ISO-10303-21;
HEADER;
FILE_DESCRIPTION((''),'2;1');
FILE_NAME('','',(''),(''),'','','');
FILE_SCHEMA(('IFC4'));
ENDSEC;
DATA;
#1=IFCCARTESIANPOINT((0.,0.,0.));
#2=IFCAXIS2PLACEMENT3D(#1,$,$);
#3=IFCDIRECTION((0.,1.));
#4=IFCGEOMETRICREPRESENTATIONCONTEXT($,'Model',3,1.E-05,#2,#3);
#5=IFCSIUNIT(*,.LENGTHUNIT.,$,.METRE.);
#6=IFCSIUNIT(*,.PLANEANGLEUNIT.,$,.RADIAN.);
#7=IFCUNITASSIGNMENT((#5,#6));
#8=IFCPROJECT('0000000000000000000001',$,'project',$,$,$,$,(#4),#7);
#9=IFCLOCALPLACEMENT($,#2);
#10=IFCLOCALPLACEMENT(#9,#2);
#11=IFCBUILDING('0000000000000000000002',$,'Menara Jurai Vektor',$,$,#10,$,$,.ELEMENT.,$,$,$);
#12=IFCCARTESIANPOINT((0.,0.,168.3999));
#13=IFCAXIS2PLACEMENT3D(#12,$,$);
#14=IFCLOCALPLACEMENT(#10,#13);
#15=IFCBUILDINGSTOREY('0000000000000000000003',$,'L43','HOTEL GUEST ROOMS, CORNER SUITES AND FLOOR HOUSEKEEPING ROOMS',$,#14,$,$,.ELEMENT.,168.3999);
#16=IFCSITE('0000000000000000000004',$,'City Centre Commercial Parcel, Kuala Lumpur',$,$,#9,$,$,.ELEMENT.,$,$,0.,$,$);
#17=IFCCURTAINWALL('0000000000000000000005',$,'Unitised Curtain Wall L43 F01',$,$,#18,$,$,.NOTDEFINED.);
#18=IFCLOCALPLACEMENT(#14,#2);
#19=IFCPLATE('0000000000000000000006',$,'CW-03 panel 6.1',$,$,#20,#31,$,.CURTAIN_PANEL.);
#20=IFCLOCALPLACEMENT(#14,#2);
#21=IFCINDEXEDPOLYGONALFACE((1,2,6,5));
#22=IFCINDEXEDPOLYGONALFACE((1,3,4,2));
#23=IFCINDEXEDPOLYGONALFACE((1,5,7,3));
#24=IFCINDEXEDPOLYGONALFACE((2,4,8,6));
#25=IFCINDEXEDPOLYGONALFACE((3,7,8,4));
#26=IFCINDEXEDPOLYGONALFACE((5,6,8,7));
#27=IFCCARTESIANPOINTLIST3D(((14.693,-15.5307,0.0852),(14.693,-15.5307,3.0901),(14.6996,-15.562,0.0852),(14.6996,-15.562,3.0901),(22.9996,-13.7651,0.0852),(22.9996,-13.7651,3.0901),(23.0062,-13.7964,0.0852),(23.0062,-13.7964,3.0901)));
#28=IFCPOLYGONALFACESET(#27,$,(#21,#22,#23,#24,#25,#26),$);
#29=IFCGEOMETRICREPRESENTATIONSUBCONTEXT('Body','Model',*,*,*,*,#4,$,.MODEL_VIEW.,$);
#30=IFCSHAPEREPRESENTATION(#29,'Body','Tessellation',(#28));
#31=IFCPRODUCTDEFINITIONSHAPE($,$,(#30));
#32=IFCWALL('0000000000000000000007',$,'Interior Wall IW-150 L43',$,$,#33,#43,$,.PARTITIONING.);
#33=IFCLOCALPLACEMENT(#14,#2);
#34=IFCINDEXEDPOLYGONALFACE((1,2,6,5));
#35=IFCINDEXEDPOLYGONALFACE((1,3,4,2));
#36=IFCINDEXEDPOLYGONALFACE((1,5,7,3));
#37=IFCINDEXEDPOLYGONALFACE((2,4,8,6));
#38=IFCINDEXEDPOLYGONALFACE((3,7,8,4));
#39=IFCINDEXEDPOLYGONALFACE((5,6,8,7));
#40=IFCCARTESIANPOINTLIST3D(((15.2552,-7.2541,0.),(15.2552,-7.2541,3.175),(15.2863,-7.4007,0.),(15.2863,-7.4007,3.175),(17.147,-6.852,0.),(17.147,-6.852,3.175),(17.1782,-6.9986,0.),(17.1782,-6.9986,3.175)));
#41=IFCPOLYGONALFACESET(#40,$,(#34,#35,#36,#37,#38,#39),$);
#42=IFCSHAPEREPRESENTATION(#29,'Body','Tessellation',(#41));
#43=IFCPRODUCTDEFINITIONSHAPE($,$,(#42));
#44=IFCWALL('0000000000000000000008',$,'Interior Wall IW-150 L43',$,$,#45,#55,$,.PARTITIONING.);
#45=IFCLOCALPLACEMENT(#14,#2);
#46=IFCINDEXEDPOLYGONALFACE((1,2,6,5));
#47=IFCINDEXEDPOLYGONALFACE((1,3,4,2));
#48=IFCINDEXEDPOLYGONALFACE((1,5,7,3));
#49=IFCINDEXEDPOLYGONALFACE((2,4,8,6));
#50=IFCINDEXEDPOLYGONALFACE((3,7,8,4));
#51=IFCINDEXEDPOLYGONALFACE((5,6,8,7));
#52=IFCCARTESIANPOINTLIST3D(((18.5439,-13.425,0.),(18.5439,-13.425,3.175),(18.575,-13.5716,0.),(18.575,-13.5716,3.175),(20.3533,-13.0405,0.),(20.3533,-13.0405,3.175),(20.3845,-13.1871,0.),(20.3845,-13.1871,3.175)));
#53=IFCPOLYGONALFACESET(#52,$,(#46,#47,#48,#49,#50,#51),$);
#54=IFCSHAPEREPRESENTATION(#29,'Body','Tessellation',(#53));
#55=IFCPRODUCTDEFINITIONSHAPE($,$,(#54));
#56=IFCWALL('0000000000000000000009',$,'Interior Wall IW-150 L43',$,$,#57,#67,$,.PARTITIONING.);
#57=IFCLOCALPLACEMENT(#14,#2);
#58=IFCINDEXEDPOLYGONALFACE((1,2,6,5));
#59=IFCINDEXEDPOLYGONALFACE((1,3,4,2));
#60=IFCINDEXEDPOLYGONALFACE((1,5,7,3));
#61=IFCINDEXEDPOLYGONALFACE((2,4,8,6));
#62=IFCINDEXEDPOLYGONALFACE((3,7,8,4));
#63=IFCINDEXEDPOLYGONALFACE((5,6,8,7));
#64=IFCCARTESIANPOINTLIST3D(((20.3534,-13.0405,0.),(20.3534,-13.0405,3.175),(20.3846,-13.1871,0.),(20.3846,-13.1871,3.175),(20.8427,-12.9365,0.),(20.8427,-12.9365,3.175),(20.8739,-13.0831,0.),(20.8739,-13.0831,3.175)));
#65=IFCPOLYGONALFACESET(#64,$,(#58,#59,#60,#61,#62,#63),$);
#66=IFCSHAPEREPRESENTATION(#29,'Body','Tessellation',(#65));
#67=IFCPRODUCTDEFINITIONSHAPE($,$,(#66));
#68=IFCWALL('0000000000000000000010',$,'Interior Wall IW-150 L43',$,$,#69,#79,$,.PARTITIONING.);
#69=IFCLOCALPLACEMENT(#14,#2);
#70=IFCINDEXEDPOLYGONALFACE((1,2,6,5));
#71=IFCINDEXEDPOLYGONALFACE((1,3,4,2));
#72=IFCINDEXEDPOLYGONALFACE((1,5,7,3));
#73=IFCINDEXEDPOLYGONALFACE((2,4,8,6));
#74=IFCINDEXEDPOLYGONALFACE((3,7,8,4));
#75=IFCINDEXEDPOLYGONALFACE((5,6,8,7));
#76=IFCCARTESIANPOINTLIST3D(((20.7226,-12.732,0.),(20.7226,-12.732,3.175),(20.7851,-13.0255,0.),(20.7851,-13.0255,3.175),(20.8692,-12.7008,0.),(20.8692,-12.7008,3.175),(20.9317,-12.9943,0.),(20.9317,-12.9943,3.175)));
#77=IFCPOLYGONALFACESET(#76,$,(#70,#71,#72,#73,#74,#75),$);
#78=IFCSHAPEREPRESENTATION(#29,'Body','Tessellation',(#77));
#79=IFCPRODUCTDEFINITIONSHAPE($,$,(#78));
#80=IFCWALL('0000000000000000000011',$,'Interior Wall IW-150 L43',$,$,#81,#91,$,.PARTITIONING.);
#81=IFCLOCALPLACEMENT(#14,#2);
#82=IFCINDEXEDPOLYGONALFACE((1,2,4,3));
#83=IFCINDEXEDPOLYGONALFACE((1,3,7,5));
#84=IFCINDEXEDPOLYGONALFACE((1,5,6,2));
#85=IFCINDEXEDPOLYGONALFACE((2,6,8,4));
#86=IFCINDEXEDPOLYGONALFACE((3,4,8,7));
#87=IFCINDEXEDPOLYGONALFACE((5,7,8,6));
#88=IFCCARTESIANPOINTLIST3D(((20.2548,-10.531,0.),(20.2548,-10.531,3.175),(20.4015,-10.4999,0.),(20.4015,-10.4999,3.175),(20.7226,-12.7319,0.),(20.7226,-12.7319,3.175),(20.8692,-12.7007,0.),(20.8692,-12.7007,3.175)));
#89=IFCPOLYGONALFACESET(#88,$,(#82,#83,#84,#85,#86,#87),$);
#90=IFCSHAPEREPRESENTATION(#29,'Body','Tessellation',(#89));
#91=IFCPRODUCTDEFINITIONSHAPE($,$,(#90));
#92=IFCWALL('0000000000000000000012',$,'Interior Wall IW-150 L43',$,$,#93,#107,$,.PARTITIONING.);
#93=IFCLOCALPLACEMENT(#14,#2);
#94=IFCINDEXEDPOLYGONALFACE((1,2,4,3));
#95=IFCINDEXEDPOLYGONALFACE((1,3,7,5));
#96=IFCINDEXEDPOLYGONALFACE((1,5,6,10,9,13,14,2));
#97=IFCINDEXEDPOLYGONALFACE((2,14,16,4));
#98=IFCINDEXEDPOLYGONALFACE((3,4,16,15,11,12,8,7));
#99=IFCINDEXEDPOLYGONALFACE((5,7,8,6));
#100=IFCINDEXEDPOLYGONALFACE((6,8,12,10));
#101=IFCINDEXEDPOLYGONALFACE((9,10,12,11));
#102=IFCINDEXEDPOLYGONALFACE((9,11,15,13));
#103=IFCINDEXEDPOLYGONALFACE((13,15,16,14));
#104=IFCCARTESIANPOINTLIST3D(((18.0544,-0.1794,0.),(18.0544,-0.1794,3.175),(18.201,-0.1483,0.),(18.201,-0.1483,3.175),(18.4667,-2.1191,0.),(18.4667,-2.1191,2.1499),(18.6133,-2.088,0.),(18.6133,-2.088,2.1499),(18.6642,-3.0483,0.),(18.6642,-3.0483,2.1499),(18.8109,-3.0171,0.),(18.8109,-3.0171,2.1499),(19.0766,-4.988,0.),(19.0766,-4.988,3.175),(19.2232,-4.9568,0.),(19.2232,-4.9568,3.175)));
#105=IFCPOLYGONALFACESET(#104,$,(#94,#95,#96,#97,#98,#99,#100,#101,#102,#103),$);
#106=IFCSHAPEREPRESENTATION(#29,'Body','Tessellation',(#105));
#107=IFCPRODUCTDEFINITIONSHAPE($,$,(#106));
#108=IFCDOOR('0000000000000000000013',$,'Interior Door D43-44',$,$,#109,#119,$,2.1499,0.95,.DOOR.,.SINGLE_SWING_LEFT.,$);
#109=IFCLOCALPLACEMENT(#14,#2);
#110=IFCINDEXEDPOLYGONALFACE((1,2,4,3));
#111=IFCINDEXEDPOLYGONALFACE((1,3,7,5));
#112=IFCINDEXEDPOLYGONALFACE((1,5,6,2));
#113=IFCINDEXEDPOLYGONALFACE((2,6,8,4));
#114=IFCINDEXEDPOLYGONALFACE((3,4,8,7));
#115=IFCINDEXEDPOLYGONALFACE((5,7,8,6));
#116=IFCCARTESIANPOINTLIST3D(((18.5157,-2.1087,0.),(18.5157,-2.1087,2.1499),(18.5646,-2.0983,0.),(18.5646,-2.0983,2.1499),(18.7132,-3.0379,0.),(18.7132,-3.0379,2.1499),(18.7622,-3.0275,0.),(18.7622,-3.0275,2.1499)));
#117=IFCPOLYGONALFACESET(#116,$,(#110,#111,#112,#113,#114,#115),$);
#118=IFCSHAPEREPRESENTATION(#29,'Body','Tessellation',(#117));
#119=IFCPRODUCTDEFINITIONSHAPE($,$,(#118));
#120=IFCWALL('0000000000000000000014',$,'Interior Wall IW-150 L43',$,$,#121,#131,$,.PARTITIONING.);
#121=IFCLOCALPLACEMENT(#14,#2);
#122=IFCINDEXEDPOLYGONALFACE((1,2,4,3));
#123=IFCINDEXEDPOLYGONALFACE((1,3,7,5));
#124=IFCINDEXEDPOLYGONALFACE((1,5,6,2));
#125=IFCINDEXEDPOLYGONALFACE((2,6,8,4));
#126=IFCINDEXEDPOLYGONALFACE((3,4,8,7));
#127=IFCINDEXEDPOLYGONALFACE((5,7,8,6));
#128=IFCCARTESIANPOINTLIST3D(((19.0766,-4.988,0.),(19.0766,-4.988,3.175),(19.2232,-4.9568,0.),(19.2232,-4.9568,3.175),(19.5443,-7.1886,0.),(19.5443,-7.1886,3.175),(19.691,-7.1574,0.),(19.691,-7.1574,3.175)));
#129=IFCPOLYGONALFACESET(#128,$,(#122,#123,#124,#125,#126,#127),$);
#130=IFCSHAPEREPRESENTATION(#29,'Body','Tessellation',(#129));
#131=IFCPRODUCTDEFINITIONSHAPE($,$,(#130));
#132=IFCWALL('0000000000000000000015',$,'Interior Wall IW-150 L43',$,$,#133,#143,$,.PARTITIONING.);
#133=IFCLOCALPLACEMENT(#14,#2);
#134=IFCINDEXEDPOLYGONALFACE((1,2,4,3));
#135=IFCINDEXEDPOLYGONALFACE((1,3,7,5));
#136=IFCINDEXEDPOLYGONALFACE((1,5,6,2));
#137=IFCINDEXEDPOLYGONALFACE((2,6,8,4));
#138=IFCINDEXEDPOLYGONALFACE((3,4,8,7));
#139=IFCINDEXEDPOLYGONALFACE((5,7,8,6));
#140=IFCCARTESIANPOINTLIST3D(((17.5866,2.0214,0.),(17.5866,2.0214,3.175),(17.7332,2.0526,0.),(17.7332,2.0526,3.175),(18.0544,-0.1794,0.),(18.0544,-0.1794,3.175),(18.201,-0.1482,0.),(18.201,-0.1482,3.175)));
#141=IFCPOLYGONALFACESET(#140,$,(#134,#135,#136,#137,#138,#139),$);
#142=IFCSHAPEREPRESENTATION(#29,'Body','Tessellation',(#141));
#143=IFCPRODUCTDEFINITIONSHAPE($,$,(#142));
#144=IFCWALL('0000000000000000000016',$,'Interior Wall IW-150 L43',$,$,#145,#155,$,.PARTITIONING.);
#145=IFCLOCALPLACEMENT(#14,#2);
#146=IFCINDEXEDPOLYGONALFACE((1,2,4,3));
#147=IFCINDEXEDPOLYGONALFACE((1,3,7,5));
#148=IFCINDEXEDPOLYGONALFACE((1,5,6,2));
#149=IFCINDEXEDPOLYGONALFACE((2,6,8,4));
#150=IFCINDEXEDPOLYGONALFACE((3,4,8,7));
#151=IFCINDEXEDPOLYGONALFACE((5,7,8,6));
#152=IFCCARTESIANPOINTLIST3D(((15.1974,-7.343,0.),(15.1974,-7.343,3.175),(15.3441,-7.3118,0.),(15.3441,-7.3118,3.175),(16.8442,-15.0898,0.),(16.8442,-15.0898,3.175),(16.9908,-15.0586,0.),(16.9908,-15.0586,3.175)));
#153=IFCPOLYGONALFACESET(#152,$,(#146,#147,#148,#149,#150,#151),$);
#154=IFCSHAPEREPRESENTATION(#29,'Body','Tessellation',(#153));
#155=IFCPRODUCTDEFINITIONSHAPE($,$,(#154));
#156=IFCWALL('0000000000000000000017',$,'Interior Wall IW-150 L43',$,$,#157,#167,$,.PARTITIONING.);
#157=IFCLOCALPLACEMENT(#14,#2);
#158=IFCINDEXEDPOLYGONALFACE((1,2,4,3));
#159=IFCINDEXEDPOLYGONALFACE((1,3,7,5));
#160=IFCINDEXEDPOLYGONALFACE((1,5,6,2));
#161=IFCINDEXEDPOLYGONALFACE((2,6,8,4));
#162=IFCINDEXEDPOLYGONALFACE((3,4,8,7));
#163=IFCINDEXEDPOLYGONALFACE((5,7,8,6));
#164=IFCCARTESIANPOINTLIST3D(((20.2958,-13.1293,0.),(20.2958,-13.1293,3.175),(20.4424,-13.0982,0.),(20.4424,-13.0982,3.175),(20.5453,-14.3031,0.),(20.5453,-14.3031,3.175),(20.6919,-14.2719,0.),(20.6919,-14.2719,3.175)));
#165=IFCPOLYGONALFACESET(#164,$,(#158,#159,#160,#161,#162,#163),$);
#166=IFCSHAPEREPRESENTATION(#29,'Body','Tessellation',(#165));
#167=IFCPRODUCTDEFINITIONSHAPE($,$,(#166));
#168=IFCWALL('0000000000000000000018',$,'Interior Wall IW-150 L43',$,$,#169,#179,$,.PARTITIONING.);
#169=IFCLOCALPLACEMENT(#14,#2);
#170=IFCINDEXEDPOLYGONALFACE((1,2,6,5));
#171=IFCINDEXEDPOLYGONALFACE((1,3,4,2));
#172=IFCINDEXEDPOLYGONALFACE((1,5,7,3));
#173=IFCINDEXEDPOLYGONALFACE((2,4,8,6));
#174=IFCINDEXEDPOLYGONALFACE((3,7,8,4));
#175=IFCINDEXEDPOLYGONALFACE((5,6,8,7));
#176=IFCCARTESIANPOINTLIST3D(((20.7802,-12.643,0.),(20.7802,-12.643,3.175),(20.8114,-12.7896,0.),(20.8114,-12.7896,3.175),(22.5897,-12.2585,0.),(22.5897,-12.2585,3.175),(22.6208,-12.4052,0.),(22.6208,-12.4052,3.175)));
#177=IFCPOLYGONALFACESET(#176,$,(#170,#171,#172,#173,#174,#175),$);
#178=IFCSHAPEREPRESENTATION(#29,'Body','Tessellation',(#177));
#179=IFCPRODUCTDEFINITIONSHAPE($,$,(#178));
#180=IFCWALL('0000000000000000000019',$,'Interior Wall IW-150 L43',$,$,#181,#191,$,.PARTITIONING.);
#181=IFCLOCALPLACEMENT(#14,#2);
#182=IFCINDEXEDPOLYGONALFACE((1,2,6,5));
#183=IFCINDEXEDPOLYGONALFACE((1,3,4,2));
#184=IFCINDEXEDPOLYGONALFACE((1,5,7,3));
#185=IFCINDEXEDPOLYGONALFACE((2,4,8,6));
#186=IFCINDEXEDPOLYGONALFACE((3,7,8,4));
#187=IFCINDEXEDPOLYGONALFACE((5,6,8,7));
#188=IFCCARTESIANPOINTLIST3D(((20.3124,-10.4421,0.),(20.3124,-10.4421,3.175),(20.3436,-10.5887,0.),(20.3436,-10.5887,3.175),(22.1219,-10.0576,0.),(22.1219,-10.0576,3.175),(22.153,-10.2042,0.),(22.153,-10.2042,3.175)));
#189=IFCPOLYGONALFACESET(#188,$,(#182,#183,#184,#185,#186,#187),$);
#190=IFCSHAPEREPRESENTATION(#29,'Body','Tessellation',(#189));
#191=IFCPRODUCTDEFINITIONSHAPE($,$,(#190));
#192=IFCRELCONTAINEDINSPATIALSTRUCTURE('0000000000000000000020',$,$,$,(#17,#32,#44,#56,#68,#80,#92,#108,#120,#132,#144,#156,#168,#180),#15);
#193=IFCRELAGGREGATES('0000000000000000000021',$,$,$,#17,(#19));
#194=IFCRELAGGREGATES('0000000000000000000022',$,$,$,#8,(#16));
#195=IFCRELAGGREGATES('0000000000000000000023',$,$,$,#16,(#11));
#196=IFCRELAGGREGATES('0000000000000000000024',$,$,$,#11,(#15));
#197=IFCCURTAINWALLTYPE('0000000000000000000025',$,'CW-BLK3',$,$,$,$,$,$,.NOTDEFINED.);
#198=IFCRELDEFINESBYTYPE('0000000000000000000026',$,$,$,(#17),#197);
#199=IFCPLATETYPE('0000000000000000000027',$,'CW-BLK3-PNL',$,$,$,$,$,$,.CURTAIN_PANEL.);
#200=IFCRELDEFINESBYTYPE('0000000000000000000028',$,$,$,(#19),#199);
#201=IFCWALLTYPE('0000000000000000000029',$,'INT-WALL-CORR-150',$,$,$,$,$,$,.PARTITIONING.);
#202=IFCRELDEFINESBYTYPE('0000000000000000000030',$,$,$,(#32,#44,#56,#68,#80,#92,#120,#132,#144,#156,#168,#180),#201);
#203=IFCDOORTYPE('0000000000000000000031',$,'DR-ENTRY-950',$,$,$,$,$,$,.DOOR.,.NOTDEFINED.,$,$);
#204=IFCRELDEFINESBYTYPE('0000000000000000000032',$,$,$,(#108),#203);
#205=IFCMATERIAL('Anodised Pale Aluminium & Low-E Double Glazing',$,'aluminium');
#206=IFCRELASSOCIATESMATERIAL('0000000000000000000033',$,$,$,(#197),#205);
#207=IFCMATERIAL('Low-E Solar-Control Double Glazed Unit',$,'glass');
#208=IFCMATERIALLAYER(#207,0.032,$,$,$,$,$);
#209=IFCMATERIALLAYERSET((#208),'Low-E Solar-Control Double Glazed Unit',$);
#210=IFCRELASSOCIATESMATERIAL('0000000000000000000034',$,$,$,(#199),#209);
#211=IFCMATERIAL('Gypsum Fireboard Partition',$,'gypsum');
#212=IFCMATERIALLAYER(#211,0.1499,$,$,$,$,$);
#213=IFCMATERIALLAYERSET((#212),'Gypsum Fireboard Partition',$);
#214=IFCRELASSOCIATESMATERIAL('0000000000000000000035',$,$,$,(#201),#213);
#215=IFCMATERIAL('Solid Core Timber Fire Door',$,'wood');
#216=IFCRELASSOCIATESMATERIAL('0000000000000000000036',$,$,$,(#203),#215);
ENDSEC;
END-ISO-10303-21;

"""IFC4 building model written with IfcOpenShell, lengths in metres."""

from ifc_helpers import new_model, si_unit, direction, frame, frame_2d, origin, origin_2d, place, context, subcontext, project, spatial, rectangle, extrude, material, layer, layer_set, type_object, element, fill, aggregate, save


model = new_model("IFC4")

# Units and contexts
model_context = context("Model", 3, precision=1e-05, world=origin(), true_north=direction((0.0, 1.0)))
body_context = subcontext(model_context, "Body", "Model", "MODEL_VIEW")
ifc_project = project(units=[si_unit("LENGTHUNIT", "METRE"), si_unit("PLANEANGLEUNIT", "RADIAN")], contexts=[model_context])

# Site, building, storey
site_placement = place(None, origin())
site = spatial("IfcSite", under=ifc_project, at=site_placement, Name="City Centre Commercial Parcel, Kuala Lumpur", CompositionType="ELEMENT", RefElevation=0.0)
building_placement = place(site_placement, origin())
building = spatial("IfcBuilding", under=site, at=building_placement, Name="Menara Jurai Vektor", CompositionType="ELEMENT")
storey_placement = place(building_placement, frame((0.0, 0.0, 168.3999)))
storey = spatial("IfcBuildingStorey", under=building, at=storey_placement, Name="L43", Description="HOTEL GUEST ROOMS, CORNER SUITES AND FLOOR HOUSEKEEPING ROOMS", CompositionType="ELEMENT", Elevation=168.3999)

# Curtain wall
ifc_material_1 = material(Name="Anodised Pale Aluminium & Low-E Double Glazing", Category="aluminium")
curtain_wall_type = type_object("IfcCurtainWallType", Name="CW-BLK3", PredefinedType="NOTDEFINED", material=ifc_material_1)
curtain_wall_placement = place(storey_placement, origin())
curtain_wall = element("IfcCurtainWall", 1, at=curtain_wall_placement, inside=storey, type_object=curtain_wall_type, Name="Unitised Curtain Wall L43 F01", PredefinedType="NOTDEFINED")

# Plate
ifc_material_2 = material(Name="Low-E Solar-Control Double Glazed Unit", Category="glass")
ifc_layer_1 = layer(ifc_material_2, 0.032)
ifc_layer_set_1 = layer_set([ifc_layer_1], Name="Low-E Solar-Control Double Glazed Unit")
plate_type = type_object("IfcPlateType", Name="CW-BLK3-PNL", PredefinedType="CURTAIN_PANEL", material=ifc_layer_set_1)
plate_placement = place(storey_placement, frame((18.8496, -14.6636, 0.0852), z_axis=(0.0, 0.0, 1.0), x_axis=(0.978148, 0.207911, 0.0)))
plate = element("IfcPlate", 2, at=plate_placement, type_object=plate_type, Name="CW-03 panel 6.1", PredefinedType="CURTAIN_PANEL", context=body_context, shape_type="SweptSolid", body=[
    extrude(rectangle(XDim=8.4922, YDim=0.032, at=origin_2d()), origin(), (0.0, 0.0, 1.0), 3.0049),
])
aggregate(curtain_wall, [plate])

# Walls
ifc_material_3 = material(Name="Gypsum Fireboard Partition", Category="gypsum")
ifc_layer_2 = layer(ifc_material_3, 0.1499)
ifc_layer_set_2 = layer_set([ifc_layer_2], Name="Gypsum Fireboard Partition")
wall_type_1 = type_object("IfcWallType", Name="INT-WALL-CORR-150", PredefinedType="PARTITIONING", material=ifc_layer_set_2)
wall_1_placement = place(storey_placement, frame((15.2708, -7.3274, 0.0), z_axis=(0.0, 0.0, 1.0), x_axis=(0.97815, 0.2079, 0.0)))
element("IfcWall", 3, at=wall_1_placement, inside=storey, type_object=wall_type_1, Name="Interior Wall IW-150 L43", PredefinedType="PARTITIONING", context=body_context, shape_type="SweptSolid", body=[
    extrude(rectangle(XDim=1.9341, YDim=0.1499, at=frame_2d((0.967, 0.0))), origin(), (0.0, 0.0, 1.0), 3.175),
])
wall_2_placement = place(storey_placement, frame((18.5596, -13.4983, 0.0), z_axis=(0.0, 0.0, 1.0), x_axis=(0.97816, 0.207852, 0.0)))
element("IfcWall", 4, at=wall_2_placement, inside=storey, type_object=wall_type_1, Name="Interior Wall IW-150 L43", PredefinedType="PARTITIONING", context=body_context, shape_type="SweptSolid", body=[
    extrude(rectangle(XDim=1.8499, YDim=0.1499, at=frame_2d((0.9248, 0.0))), origin(), (0.0, 0.0, 1.0), 3.175),
])
wall_3_placement = place(storey_placement, frame((20.3691, -13.1138, 0.0), z_axis=(0.0, 0.0, 1.0), x_axis=(0.978144, 0.207929, 0.0)))
element("IfcWall", 5, at=wall_3_placement, inside=storey, type_object=wall_type_1, Name="Interior Wall IW-150 L43", PredefinedType="PARTITIONING", context=body_context, shape_type="SweptSolid", body=[
    extrude(rectangle(XDim=0.5002, YDim=0.1499, at=frame_2d((0.25, 0.0))), origin(), (0.0, 0.0, 1.0), 3.175),
])
wall_4_placement = place(storey_placement, frame((20.8584, -13.0098, 0.0), z_axis=(0.0, 0.0, 1.0), x_axis=(-0.208306, 0.978064, 0.0)))
element("IfcWall", 6, at=wall_4_placement, inside=storey, type_object=wall_type_1, Name="Interior Wall IW-150 L43", PredefinedType="PARTITIONING", context=body_context, shape_type="SweptSolid", body=[
    extrude(rectangle(XDim=0.3, YDim=0.1499, at=frame_2d((0.1499, 0.0))), origin(), (0.0, 0.0, 1.0), 3.175),
])

# Shared definitions
ifc_material_4 = material(Name="Solid Core Timber Fire Door", Category="wood")
door_type = type_object("IfcDoorType", Name="DR-ENTRY-950", OperationType="NOTDEFINED", PredefinedType="DOOR", material=ifc_material_4)

# Wall
wall_5_placement = place(storey_placement, frame((20.7959, -12.7163, 0.0), z_axis=(0.0, 0.0, 1.0), x_axis=(-0.207891, 0.978152, 0.0)))
element("IfcWall", 7, at=wall_5_placement, inside=storey, type_object=wall_type_1, Name="Interior Wall IW-150 L43", PredefinedType="PARTITIONING", context=body_context, shape_type="SweptSolid", body=[
    extrude(rectangle(XDim=2.25, YDim=0.1499, at=frame_2d((1.125, 0.0))), origin(), (0.0, 0.0, 1.0), 3.175),
])

# Wall, opening, door
wall_6_placement = place(storey_placement, frame((19.1499, -4.9724, 0.0), z_axis=(0.0, 0.0, 1.0), x_axis=(-0.207935, 0.978143, 0.0)))
wall_6 = element("IfcWall", 8, at=wall_6_placement, inside=storey, type_object=wall_type_1, Name="Interior Wall IW-150 L43", PredefinedType="PARTITIONING", context=body_context, shape_type="SweptSolid", body=[
    extrude(rectangle(XDim=4.916, YDim=0.1499, at=frame_2d((2.458, 0.0))), origin(), (0.0, 0.0, 1.0), 3.175),
])
opening_1_placement = place(wall_6_placement, frame((1.9829, 0.0, 0.0)))
opening_1 = element("IfcOpeningElement", 9, at=opening_1_placement, cuts=wall_6, PredefinedType="OPENING", context=body_context, shape_type="SweptSolid", body=[
    extrude(rectangle(XDim=0.95, YDim=2.1499, at=frame_2d((0.4751, 1.075))), frame((0.0, 0.085, 0.0), z_axis=(0.0, -1.0, 0.0), x_axis=(1.0, 0.0, 0.0)), (0.0, 0.0, 1.0), 0.1699),
])
door_1_placement = place(opening_1_placement, origin())
door_1 = element("IfcDoor", 10, at=door_1_placement, inside=storey, type_object=door_type, Name="Interior Door D43-44", OperationType="SINGLE_SWING_LEFT", OverallHeight=2.1499, OverallWidth=0.95, PredefinedType="DOOR", context=body_context, shape_type="SweptSolid", body=[
    extrude(rectangle(XDim=0.95, YDim=2.1499, at=frame_2d((0.4751, 1.075))), frame((0.0, 0.0249, 0.0), z_axis=(0.0, -1.0, 0.0), x_axis=(1.0, 0.0, 0.0)), (0.0, 0.0, 1.0), 0.05),
])
fill(opening_1, door_1)

# Walls
wall_7_placement = place(storey_placement, frame((19.6177, -7.1731, 0.0), z_axis=(0.0, 0.0, 1.0), x_axis=(-0.207913, 0.978147, 0.0)))
element("IfcWall", 11, at=wall_7_placement, inside=storey, type_object=wall_type_1, Name="Interior Wall IW-150 L43", PredefinedType="PARTITIONING", context=body_context, shape_type="SweptSolid", body=[
    extrude(rectangle(XDim=2.2498, YDim=0.1499, at=frame_2d((1.125, 0.0))), origin(), (0.0, 0.0, 1.0), 3.175),
])
wall_8_placement = place(storey_placement, frame((18.1277, -0.1638, 0.0), z_axis=(0.0, 0.0, 1.0), x_axis=(-0.207891, 0.978152, 0.0)))
element("IfcWall", 12, at=wall_8_placement, inside=storey, type_object=wall_type_1, Name="Interior Wall IW-150 L43", PredefinedType="PARTITIONING", context=body_context, shape_type="SweptSolid", body=[
    extrude(rectangle(XDim=2.25, YDim=0.1499, at=frame_2d((1.125, 0.0))), origin(), (0.0, 0.0, 1.0), 3.175),
])
wall_9_placement = place(storey_placement, frame((16.9175, -15.0742, 0.0), z_axis=(0.0, 0.0, 1.0), x_axis=(-0.207923, 0.978145, 0.0)))
element("IfcWall", 13, at=wall_9_placement, inside=storey, type_object=wall_type_1, Name="Interior Wall IW-150 L43", PredefinedType="PARTITIONING", context=body_context, shape_type="SweptSolid", body=[
    extrude(rectangle(XDim=7.9199, YDim=0.1499, at=frame_2d((3.96, 0.0))), origin(), (0.0, 0.0, 1.0), 3.175),
])
wall_10_placement = place(storey_placement, frame((20.6187, -14.2876, 0.0), z_axis=(0.0, 0.0, 1.0), x_axis=(-0.207917, 0.978146, 0.0)))
element("IfcWall", 14, at=wall_10_placement, inside=storey, type_object=wall_type_1, Name="Interior Wall IW-150 L43", PredefinedType="PARTITIONING", context=body_context, shape_type="SweptSolid", body=[
    extrude(rectangle(XDim=1.2, YDim=0.1499, at=frame_2d((0.6001, 0.0))), origin(), (0.0, 0.0, 1.0), 3.175),
])
for number, where, z_axis, x_axis, name in (
    (15, (20.7959, -12.7163, 0.0), (0.0, 0.0, 1.0), (0.97816, 0.207852, 0.0), "Interior Wall IW-150 L43"),
    (16, (20.3281, -10.5154, 0.0), (0.0, 0.0, 1.0), (0.97816, 0.207852, 0.0), "Interior Wall IW-150 L43"),
):
    element("IfcWall", number, at=place(storey_placement, frame(where, z_axis=z_axis, x_axis=x_axis)), inside=storey, type_object=wall_type_1, Name=name, PredefinedType="PARTITIONING", context=body_context, shape_type="SweptSolid", body=[
        extrude(rectangle(XDim=1.8499, YDim=0.1499, at=frame_2d((0.9248, 0.0))), origin(), (0.0, 0.0, 1.0), 3.175),
    ])

save(model, "model.ifc")
